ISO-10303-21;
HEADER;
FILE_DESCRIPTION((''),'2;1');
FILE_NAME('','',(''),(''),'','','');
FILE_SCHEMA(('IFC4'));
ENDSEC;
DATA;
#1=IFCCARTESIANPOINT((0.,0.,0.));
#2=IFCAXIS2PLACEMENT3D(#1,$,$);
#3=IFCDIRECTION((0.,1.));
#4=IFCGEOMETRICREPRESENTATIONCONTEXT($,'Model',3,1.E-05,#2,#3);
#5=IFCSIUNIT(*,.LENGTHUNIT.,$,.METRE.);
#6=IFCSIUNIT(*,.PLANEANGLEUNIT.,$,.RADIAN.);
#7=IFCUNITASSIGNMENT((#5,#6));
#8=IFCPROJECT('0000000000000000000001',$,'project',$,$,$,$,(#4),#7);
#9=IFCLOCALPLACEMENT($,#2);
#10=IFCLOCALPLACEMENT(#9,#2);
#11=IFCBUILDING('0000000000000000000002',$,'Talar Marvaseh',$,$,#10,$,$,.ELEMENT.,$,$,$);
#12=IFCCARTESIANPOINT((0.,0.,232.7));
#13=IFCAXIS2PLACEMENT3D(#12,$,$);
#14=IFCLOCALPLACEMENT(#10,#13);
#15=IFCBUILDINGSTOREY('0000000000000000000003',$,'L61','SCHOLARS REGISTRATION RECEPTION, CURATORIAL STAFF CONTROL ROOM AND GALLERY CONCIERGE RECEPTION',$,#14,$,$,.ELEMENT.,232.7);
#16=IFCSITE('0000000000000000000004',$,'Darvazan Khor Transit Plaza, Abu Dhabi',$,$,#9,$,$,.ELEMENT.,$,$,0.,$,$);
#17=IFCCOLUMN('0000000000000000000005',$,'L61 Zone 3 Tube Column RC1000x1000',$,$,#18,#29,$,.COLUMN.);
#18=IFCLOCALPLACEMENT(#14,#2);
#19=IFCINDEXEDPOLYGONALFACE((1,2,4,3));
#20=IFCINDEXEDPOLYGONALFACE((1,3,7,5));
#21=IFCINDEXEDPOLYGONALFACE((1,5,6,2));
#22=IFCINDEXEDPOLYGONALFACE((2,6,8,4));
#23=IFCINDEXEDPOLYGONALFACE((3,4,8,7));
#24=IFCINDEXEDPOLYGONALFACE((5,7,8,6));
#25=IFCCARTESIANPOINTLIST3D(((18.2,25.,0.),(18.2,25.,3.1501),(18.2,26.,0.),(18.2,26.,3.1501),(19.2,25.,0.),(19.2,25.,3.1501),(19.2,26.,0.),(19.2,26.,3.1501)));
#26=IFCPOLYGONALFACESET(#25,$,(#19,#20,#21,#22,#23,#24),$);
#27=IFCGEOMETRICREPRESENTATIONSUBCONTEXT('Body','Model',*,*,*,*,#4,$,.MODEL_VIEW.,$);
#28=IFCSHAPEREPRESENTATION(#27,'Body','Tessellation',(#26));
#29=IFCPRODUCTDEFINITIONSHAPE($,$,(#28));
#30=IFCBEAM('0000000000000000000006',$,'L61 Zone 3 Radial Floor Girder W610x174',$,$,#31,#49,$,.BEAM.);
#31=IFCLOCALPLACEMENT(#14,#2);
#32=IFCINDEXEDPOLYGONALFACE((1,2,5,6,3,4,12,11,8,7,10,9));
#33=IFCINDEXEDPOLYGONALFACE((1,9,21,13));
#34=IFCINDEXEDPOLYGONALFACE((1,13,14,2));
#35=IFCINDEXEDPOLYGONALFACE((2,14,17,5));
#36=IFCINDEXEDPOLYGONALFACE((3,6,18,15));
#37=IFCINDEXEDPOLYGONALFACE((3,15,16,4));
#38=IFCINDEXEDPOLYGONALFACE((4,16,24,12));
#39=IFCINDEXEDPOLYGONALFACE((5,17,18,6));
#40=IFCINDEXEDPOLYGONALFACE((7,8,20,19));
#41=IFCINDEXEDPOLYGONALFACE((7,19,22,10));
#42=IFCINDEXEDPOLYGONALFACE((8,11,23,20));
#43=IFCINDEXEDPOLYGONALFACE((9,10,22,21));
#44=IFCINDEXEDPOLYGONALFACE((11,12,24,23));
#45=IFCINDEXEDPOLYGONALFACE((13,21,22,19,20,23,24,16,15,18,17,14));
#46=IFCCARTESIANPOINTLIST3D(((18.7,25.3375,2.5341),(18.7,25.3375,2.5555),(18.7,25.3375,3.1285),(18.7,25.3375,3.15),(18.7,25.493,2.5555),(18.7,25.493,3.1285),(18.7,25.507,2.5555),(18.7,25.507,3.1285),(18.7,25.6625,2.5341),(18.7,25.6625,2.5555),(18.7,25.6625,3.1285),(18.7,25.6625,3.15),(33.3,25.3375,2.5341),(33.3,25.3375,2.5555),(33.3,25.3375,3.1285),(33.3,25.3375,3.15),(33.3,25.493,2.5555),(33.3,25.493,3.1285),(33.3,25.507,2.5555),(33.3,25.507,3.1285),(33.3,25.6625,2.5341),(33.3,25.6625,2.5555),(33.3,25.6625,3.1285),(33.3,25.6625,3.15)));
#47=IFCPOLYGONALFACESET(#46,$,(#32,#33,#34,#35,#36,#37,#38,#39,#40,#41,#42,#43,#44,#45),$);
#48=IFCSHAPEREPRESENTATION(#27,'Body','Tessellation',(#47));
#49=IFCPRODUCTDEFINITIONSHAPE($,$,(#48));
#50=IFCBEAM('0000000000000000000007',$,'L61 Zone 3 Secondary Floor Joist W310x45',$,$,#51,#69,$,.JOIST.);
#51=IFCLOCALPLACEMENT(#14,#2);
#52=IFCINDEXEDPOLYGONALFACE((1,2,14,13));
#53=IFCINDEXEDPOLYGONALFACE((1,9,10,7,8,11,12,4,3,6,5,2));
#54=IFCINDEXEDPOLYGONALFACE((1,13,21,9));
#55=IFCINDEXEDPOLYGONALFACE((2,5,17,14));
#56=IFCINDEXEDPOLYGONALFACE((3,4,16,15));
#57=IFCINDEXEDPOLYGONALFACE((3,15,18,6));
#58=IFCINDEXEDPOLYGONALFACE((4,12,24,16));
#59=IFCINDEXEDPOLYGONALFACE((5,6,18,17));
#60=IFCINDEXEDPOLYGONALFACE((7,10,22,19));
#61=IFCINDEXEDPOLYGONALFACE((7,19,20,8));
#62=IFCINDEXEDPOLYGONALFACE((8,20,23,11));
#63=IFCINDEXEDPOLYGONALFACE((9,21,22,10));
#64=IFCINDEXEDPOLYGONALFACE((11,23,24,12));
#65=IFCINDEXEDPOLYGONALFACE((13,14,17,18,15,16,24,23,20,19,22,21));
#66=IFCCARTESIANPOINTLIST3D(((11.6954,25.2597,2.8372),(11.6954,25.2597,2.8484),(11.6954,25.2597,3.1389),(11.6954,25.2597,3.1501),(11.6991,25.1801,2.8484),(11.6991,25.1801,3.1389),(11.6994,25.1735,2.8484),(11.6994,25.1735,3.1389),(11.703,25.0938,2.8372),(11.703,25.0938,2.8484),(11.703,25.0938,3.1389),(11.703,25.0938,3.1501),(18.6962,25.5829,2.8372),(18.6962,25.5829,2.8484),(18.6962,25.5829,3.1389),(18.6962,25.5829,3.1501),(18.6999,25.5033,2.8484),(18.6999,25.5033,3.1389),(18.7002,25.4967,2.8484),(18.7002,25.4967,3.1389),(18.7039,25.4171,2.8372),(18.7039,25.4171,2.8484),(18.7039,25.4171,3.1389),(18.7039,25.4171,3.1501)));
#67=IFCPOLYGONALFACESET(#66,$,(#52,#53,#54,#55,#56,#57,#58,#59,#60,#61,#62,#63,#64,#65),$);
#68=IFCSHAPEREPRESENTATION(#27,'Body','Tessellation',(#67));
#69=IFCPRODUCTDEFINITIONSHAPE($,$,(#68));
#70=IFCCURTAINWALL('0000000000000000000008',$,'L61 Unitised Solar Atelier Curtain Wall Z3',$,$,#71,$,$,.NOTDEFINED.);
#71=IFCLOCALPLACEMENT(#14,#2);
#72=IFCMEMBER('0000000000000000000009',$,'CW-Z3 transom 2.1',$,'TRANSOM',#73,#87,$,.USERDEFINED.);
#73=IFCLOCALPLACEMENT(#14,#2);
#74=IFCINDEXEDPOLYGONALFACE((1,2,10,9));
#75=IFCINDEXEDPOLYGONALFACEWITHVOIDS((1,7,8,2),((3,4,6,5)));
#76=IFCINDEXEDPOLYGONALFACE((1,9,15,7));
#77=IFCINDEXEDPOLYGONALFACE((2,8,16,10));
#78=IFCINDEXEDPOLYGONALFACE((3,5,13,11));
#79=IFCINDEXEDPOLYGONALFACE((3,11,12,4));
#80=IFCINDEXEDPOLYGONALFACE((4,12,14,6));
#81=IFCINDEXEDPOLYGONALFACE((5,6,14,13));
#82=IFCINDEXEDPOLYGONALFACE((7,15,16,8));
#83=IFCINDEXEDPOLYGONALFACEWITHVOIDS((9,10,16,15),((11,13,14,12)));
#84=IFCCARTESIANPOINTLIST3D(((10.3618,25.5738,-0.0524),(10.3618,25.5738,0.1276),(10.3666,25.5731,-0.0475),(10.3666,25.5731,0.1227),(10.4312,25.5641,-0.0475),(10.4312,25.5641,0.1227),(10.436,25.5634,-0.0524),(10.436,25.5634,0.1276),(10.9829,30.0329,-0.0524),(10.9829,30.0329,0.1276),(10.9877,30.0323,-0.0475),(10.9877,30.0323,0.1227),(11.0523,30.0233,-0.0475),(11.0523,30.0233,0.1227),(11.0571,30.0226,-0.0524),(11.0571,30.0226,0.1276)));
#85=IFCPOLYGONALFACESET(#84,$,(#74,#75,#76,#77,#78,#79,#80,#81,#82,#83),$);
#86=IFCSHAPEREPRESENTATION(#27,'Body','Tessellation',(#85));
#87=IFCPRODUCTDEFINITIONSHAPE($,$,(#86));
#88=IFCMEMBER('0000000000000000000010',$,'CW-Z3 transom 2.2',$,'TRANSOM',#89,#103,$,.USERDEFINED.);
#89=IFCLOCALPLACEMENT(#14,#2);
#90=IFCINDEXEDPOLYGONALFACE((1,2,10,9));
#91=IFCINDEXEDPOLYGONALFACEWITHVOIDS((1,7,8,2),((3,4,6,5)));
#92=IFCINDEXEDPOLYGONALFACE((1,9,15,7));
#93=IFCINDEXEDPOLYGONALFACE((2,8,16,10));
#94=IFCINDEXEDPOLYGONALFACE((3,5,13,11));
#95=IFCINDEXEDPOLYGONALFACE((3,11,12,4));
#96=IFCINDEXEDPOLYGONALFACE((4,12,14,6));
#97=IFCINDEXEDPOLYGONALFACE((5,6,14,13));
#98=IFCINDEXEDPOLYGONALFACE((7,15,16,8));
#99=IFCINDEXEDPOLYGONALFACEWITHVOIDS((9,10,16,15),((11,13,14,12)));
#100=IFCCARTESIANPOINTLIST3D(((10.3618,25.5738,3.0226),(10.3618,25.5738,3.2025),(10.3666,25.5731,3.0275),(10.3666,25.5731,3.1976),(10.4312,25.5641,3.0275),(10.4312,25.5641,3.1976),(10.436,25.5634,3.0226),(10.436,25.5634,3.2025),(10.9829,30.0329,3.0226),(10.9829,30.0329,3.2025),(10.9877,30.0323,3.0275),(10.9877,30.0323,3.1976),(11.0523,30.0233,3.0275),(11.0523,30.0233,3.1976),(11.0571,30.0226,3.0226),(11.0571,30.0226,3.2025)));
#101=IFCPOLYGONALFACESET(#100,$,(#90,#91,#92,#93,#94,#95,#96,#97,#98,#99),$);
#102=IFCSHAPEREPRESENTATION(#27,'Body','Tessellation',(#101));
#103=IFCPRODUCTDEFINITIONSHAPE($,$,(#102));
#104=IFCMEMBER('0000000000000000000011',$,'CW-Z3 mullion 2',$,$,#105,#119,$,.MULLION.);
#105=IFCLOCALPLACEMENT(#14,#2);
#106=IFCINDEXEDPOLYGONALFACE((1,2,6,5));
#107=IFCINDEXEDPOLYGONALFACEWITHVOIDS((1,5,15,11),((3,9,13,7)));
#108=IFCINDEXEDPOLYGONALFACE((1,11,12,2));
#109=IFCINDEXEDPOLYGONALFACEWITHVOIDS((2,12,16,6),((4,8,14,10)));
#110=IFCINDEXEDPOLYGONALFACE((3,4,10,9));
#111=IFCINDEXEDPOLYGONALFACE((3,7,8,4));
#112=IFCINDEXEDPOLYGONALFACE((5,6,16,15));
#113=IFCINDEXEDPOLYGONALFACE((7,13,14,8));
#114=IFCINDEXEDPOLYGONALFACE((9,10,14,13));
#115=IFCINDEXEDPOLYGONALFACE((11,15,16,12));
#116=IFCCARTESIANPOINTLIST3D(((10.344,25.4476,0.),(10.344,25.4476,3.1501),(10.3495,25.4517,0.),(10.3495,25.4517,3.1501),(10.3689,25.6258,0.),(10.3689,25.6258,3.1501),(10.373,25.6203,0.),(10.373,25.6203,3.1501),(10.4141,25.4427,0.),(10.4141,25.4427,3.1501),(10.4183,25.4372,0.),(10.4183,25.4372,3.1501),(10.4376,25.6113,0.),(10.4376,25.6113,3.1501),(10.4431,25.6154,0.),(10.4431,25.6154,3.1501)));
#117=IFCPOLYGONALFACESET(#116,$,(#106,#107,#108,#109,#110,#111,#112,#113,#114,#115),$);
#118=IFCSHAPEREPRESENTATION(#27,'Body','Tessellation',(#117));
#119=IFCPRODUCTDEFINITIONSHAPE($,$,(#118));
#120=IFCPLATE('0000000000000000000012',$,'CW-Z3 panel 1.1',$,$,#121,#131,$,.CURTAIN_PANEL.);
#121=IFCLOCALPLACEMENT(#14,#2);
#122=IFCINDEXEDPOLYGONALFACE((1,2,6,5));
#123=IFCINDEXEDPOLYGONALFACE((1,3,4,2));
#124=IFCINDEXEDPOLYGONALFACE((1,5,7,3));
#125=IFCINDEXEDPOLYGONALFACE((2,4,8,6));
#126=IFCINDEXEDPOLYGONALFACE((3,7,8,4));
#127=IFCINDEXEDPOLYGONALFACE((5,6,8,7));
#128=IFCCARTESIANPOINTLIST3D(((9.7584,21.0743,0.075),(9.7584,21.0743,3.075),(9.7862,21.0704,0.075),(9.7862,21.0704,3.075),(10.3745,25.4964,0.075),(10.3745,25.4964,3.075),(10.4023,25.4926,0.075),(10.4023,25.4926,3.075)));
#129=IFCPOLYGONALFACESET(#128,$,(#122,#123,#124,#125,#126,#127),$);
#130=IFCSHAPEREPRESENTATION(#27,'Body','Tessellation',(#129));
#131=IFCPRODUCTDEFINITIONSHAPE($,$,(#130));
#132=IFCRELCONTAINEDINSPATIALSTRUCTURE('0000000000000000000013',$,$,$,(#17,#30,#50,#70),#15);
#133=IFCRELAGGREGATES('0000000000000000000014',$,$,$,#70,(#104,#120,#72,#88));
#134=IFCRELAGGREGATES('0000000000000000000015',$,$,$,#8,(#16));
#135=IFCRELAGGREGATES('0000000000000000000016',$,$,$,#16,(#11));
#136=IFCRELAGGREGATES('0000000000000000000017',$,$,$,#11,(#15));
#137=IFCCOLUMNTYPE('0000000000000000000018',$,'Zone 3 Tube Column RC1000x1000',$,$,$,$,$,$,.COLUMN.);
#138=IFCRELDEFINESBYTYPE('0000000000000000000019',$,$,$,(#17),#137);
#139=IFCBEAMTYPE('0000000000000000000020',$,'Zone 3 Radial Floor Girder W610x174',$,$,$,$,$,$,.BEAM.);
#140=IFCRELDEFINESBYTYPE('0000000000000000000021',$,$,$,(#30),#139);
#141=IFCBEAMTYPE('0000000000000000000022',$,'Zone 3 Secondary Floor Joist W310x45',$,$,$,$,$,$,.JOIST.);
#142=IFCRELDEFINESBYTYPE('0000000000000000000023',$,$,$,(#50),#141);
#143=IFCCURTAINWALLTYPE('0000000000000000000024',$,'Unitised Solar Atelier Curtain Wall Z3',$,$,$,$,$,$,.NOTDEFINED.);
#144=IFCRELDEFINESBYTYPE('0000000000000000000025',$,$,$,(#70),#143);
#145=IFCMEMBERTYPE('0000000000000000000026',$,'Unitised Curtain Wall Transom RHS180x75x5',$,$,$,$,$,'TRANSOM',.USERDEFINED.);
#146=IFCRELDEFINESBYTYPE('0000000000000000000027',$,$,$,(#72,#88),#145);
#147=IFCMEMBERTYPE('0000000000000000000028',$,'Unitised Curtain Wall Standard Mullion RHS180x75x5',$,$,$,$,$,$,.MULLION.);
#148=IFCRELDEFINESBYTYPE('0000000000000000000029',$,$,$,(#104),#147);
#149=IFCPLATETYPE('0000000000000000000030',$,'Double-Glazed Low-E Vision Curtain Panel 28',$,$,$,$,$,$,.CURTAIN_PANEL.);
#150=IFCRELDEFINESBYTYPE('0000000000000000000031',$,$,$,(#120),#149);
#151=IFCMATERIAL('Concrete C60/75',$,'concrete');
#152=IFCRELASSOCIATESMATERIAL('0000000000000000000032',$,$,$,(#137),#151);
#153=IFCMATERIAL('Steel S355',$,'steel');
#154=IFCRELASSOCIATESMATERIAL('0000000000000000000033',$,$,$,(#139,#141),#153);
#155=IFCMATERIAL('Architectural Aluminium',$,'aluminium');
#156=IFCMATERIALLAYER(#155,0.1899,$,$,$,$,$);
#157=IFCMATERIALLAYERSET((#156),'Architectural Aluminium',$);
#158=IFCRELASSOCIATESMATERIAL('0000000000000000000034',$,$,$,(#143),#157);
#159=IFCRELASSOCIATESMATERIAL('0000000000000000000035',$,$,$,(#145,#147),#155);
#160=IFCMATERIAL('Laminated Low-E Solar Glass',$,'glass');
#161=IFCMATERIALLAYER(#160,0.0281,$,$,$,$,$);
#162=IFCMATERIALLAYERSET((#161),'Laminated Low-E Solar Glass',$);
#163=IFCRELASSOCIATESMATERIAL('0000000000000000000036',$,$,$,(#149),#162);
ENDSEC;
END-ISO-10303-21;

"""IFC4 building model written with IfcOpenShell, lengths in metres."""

from ifc_helpers import new_model, si_unit, direction, frame, origin, origin_2d, place, context, subcontext, project, spatial, rectangle, hollow_rectangle, i_section, extrude, source, transform, mapped, material, layer, layer_set, material_profile, profile_set, type_object, type_shapes, element, aggregate, save


model = new_model("IFC4")

# Units and contexts
model_context = context("Model", 3, precision=1e-05, world=origin(), true_north=direction((0.0, 1.0)))
body_context = subcontext(model_context, "Body", "Model", "MODEL_VIEW")
ifc_project = project(units=[si_unit("LENGTHUNIT", "METRE"), si_unit("PLANEANGLEUNIT", "RADIAN")], contexts=[model_context])

# Site, building, storey
site_placement = place(None, origin())
site = spatial("IfcSite", under=ifc_project, at=site_placement, Name="Darvazan Khor Transit Plaza, Abu Dhabi", CompositionType="ELEMENT", RefElevation=0.0)
building_placement = place(site_placement, origin())
building = spatial("IfcBuilding", under=site, at=building_placement, Name="Talar Marvaseh", CompositionType="ELEMENT")
storey_placement = place(building_placement, frame((0.0, 0.0, 232.7)))
storey = spatial("IfcBuildingStorey", under=building, at=storey_placement, Name="L61", Description="SCHOLARS REGISTRATION RECEPTION, CURATORIAL STAFF CONTROL ROOM AND GALLERY CONCIERGE RECEPTION", CompositionType="ELEMENT", Elevation=232.7)

# Column
ifc_material_1 = material(Name="Concrete C60/75", Category="concrete")
ifc_material_profile_1 = material_profile(ifc_material_1, rectangle(XDim=1.0, YDim=1.0, at=origin_2d()), Name="RC1000x1000")
ifc_profile_set_1 = profile_set([ifc_material_profile_1], Name="Concrete C60/75")
column_type = type_object("IfcColumnType", Name="Zone 3 Tube Column RC1000x1000", PredefinedType="COLUMN", material=ifc_profile_set_1)
column_placement = place(storey_placement, frame((18.7, 25.5, 0.0), z_axis=(0.0, 0.0, 1.0), x_axis=(1.0, 0.0, 0.0)))
element("IfcColumn", 1, at=column_placement, inside=storey, type_object=column_type, Name="L61 Zone 3 Tube Column RC1000x1000", PredefinedType="COLUMN", context=body_context, shape_type="SweptSolid", body=[
    extrude(rectangle(XDim=1.0, YDim=1.0, at=origin_2d()), origin(), (0.0, 0.0, 1.0), 3.1501),
])

# Beams
ifc_material_2 = material(Name="Steel S355", Category="steel")
ifc_material_profile_2 = material_profile(ifc_material_2, i_section(OverallWidth=0.325, OverallDepth=0.616, WebThickness=0.0139, FlangeThickness=0.0215, at=origin_2d()), Name="W610x174")
ifc_profile_set_2 = profile_set([ifc_material_profile_2], Name="Steel S355")
beam_type_1 = type_object("IfcBeamType", Name="Zone 3 Radial Floor Girder W610x174", PredefinedType="BEAM", material=ifc_profile_set_2)
beam_1_placement = place(storey_placement, frame((18.7, 25.5, 2.842), z_axis=(1.0, 0.0, 0.0), x_axis=(0.0, 1.0, 0.0)))
element("IfcBeam", 2, at=beam_1_placement, inside=storey, type_object=beam_type_1, Name="L61 Zone 3 Radial Floor Girder W610x174", PredefinedType="BEAM", context=body_context, shape_type="SweptSolid", body=[
    extrude(i_section(OverallWidth=0.325, OverallDepth=0.616, WebThickness=0.0139, FlangeThickness=0.0215, at=origin_2d()), origin(), (0.0, 0.0, 1.0), 14.6001),
])
ifc_material_profile_3 = material_profile(ifc_material_2, i_section(OverallWidth=0.166, OverallDepth=0.313, WebThickness=0.0066, FlangeThickness=0.0112, at=origin_2d()), Name="W310x45")
ifc_profile_set_3 = profile_set([ifc_material_profile_3], Name="Steel S355")
beam_type_2 = type_object("IfcBeamType", Name="Zone 3 Secondary Floor Joist W310x45", PredefinedType="JOIST", material=ifc_profile_set_3)
beam_2_placement = place(storey_placement, frame((11.6992, 25.1768, 2.9937), z_axis=(0.998936, 0.046123, 0.0), x_axis=(-0.046123, 0.998936, 0.0)))
element("IfcBeam", 3, at=beam_2_placement, inside=storey, type_object=beam_type_2, Name="L61 Zone 3 Secondary Floor Joist W310x45", PredefinedType="JOIST", context=body_context, shape_type="SweptSolid", body=[
    extrude(i_section(OverallWidth=0.166, OverallDepth=0.313, WebThickness=0.0066, FlangeThickness=0.0112, at=origin_2d()), origin(), (0.0, 0.0, 1.0), 7.0083),
])

# Curtain wall, members, plate
ifc_material_3 = material(Name="Architectural Aluminium", Category="aluminium")
ifc_layer_1 = layer(ifc_material_3, 0.1899)
ifc_layer_set_1 = layer_set([ifc_layer_1], Name="Architectural Aluminium")
curtain_wall_type = type_object("IfcCurtainWallType", Name="Unitised Solar Atelier Curtain Wall Z3", PredefinedType="NOTDEFINED", material=ifc_layer_set_1)
curtain_wall_placement = place(storey_placement, origin())
curtain_wall = element("IfcCurtainWall", 4, at=curtain_wall_placement, inside=storey, type_object=curtain_wall_type, Name="L61 Unitised Solar Atelier Curtain Wall Z3", PredefinedType="NOTDEFINED")
ifc_material_profile_4 = material_profile(ifc_material_3, hollow_rectangle(XDim=0.075, YDim=0.1799, WallThickness=0.0049, at=origin_2d()), Name="RHS180x75x5")
ifc_profile_set_4 = profile_set([ifc_material_profile_4], Name="Architectural Aluminium")
member_type_1 = type_object("IfcMemberType", Name="Unitised Curtain Wall Transom RHS180x75x5", ElementType="TRANSOM", PredefinedType="USERDEFINED", material=ifc_profile_set_4)
shared_shape_1 = source(origin(), body_context, "Body", "SweptSolid", [
    extrude(hollow_rectangle(XDim=0.075, YDim=0.1799, WallThickness=0.0049, at=origin_2d()), origin(), (0.0, 0.0, 1.0), 4.5022),
])
type_shapes(member_type_1, [shared_shape_1])
member_1_placement = place(storey_placement, frame((10.3989, 25.5686, 0.0376), z_axis=(0.137951, 0.990439, 0.0), x_axis=(-0.990439, 0.137951, 0.0)))
member_1 = element("IfcMember", 5, at=member_1_placement, type_object=member_type_1, Name="CW-Z3 transom 2.1", ObjectType="TRANSOM", PredefinedType="USERDEFINED", context=body_context, shape_type="MappedRepresentation", body=[
    mapped(shared_shape_1, transform((0.0, 0.0, 0.0), x_axis=(1.0, 0.0, 0.0), y_axis=(0.0, 1.0, 0.0), z_axis=(0.0, 0.0, 1.0), scale=1.0)),
])
member_2_placement = place(storey_placement, frame((10.3989, 25.5686, 3.1125), z_axis=(0.137951, 0.990439, 0.0), x_axis=(-0.990439, 0.137951, 0.0)))
member_2 = element("IfcMember", 6, at=member_2_placement, type_object=member_type_1, Name="CW-Z3 transom 2.2", ObjectType="TRANSOM", PredefinedType="USERDEFINED", context=body_context, shape_type="MappedRepresentation", body=[
    mapped(shared_shape_1, transform((0.0, 0.0, 0.0), x_axis=(1.0, 0.0, 0.0), y_axis=(0.0, 1.0, 0.0), z_axis=(0.0, 0.0, 1.0), scale=1.0)),
])
ifc_material_profile_5 = material_profile(ifc_material_3, hollow_rectangle(XDim=0.075, YDim=0.1799, WallThickness=0.0049, at=origin_2d()), Name="RHS180x75x5")
ifc_profile_set_5 = profile_set([ifc_material_profile_5], Name="Architectural Aluminium")
member_type_2 = type_object("IfcMemberType", Name="Unitised Curtain Wall Standard Mullion RHS180x75x5", PredefinedType="MULLION", material=ifc_profile_set_5)
shared_shape_2 = source(origin(), body_context, "Body", "SweptSolid", [
    extrude(hollow_rectangle(XDim=0.075, YDim=0.1799, WallThickness=0.0049, at=origin_2d()), origin(), (0.0, 0.0, 1.0), 3.1501),
])
type_shapes(member_type_2, [shared_shape_2])
member_3_placement = place(storey_placement, frame((10.3936, 25.5315, 0.0), z_axis=(0.0, 0.0, 1.0), x_axis=(-0.990433, 0.137994, 0.0)))
member_3 = element("IfcMember", 7, at=member_3_placement, type_object=member_type_2, Name="CW-Z3 mullion 2", PredefinedType="MULLION", context=body_context, shape_type="MappedRepresentation", body=[
    mapped(shared_shape_2, transform((0.0, 0.0, 0.0), x_axis=(1.0, 0.0, 0.0), y_axis=(0.0, 1.0, 0.0), z_axis=(0.0, 0.0, 1.0), scale=1.0)),
])
ifc_material_4 = material(Name="Laminated Low-E Solar Glass", Category="glass")
ifc_layer_2 = layer(ifc_material_4, 0.0281)
ifc_layer_set_2 = layer_set([ifc_layer_2], Name="Laminated Low-E Solar Glass")
plate_type = type_object("IfcPlateType", Name="Double-Glazed Low-E Vision Curtain Panel 28", PredefinedType="CURTAIN_PANEL", material=ifc_layer_set_2)
shared_shape_3 = source(origin(), body_context, "Body", "SweptSolid", [
    extrude(rectangle(XDim=4.4648, YDim=0.0281, at=origin_2d()), origin(), (0.0, 0.0, 1.0), 3.0),
])
type_shapes(plate_type, [shared_shape_3])
plate_placement = place(storey_placement, frame((10.0803, 23.2834, 0.075), z_axis=(0.0, 0.0, 1.0), x_axis=(0.137994, 0.990433, 0.0)))
plate = element("IfcPlate", 8, at=plate_placement, type_object=plate_type, Name="CW-Z3 panel 1.1", PredefinedType="CURTAIN_PANEL", context=body_context, shape_type="MappedRepresentation", body=[
    mapped(shared_shape_3, transform((0.0, 0.0, 0.0), x_axis=(1.0, 0.0, 0.0), y_axis=(0.0, 1.0, 0.0), z_axis=(0.0, 0.0, 1.0), scale=1.0)),
])
aggregate(curtain_wall, [member_3, plate, member_1, member_2])

save(model, "model.ifc")
